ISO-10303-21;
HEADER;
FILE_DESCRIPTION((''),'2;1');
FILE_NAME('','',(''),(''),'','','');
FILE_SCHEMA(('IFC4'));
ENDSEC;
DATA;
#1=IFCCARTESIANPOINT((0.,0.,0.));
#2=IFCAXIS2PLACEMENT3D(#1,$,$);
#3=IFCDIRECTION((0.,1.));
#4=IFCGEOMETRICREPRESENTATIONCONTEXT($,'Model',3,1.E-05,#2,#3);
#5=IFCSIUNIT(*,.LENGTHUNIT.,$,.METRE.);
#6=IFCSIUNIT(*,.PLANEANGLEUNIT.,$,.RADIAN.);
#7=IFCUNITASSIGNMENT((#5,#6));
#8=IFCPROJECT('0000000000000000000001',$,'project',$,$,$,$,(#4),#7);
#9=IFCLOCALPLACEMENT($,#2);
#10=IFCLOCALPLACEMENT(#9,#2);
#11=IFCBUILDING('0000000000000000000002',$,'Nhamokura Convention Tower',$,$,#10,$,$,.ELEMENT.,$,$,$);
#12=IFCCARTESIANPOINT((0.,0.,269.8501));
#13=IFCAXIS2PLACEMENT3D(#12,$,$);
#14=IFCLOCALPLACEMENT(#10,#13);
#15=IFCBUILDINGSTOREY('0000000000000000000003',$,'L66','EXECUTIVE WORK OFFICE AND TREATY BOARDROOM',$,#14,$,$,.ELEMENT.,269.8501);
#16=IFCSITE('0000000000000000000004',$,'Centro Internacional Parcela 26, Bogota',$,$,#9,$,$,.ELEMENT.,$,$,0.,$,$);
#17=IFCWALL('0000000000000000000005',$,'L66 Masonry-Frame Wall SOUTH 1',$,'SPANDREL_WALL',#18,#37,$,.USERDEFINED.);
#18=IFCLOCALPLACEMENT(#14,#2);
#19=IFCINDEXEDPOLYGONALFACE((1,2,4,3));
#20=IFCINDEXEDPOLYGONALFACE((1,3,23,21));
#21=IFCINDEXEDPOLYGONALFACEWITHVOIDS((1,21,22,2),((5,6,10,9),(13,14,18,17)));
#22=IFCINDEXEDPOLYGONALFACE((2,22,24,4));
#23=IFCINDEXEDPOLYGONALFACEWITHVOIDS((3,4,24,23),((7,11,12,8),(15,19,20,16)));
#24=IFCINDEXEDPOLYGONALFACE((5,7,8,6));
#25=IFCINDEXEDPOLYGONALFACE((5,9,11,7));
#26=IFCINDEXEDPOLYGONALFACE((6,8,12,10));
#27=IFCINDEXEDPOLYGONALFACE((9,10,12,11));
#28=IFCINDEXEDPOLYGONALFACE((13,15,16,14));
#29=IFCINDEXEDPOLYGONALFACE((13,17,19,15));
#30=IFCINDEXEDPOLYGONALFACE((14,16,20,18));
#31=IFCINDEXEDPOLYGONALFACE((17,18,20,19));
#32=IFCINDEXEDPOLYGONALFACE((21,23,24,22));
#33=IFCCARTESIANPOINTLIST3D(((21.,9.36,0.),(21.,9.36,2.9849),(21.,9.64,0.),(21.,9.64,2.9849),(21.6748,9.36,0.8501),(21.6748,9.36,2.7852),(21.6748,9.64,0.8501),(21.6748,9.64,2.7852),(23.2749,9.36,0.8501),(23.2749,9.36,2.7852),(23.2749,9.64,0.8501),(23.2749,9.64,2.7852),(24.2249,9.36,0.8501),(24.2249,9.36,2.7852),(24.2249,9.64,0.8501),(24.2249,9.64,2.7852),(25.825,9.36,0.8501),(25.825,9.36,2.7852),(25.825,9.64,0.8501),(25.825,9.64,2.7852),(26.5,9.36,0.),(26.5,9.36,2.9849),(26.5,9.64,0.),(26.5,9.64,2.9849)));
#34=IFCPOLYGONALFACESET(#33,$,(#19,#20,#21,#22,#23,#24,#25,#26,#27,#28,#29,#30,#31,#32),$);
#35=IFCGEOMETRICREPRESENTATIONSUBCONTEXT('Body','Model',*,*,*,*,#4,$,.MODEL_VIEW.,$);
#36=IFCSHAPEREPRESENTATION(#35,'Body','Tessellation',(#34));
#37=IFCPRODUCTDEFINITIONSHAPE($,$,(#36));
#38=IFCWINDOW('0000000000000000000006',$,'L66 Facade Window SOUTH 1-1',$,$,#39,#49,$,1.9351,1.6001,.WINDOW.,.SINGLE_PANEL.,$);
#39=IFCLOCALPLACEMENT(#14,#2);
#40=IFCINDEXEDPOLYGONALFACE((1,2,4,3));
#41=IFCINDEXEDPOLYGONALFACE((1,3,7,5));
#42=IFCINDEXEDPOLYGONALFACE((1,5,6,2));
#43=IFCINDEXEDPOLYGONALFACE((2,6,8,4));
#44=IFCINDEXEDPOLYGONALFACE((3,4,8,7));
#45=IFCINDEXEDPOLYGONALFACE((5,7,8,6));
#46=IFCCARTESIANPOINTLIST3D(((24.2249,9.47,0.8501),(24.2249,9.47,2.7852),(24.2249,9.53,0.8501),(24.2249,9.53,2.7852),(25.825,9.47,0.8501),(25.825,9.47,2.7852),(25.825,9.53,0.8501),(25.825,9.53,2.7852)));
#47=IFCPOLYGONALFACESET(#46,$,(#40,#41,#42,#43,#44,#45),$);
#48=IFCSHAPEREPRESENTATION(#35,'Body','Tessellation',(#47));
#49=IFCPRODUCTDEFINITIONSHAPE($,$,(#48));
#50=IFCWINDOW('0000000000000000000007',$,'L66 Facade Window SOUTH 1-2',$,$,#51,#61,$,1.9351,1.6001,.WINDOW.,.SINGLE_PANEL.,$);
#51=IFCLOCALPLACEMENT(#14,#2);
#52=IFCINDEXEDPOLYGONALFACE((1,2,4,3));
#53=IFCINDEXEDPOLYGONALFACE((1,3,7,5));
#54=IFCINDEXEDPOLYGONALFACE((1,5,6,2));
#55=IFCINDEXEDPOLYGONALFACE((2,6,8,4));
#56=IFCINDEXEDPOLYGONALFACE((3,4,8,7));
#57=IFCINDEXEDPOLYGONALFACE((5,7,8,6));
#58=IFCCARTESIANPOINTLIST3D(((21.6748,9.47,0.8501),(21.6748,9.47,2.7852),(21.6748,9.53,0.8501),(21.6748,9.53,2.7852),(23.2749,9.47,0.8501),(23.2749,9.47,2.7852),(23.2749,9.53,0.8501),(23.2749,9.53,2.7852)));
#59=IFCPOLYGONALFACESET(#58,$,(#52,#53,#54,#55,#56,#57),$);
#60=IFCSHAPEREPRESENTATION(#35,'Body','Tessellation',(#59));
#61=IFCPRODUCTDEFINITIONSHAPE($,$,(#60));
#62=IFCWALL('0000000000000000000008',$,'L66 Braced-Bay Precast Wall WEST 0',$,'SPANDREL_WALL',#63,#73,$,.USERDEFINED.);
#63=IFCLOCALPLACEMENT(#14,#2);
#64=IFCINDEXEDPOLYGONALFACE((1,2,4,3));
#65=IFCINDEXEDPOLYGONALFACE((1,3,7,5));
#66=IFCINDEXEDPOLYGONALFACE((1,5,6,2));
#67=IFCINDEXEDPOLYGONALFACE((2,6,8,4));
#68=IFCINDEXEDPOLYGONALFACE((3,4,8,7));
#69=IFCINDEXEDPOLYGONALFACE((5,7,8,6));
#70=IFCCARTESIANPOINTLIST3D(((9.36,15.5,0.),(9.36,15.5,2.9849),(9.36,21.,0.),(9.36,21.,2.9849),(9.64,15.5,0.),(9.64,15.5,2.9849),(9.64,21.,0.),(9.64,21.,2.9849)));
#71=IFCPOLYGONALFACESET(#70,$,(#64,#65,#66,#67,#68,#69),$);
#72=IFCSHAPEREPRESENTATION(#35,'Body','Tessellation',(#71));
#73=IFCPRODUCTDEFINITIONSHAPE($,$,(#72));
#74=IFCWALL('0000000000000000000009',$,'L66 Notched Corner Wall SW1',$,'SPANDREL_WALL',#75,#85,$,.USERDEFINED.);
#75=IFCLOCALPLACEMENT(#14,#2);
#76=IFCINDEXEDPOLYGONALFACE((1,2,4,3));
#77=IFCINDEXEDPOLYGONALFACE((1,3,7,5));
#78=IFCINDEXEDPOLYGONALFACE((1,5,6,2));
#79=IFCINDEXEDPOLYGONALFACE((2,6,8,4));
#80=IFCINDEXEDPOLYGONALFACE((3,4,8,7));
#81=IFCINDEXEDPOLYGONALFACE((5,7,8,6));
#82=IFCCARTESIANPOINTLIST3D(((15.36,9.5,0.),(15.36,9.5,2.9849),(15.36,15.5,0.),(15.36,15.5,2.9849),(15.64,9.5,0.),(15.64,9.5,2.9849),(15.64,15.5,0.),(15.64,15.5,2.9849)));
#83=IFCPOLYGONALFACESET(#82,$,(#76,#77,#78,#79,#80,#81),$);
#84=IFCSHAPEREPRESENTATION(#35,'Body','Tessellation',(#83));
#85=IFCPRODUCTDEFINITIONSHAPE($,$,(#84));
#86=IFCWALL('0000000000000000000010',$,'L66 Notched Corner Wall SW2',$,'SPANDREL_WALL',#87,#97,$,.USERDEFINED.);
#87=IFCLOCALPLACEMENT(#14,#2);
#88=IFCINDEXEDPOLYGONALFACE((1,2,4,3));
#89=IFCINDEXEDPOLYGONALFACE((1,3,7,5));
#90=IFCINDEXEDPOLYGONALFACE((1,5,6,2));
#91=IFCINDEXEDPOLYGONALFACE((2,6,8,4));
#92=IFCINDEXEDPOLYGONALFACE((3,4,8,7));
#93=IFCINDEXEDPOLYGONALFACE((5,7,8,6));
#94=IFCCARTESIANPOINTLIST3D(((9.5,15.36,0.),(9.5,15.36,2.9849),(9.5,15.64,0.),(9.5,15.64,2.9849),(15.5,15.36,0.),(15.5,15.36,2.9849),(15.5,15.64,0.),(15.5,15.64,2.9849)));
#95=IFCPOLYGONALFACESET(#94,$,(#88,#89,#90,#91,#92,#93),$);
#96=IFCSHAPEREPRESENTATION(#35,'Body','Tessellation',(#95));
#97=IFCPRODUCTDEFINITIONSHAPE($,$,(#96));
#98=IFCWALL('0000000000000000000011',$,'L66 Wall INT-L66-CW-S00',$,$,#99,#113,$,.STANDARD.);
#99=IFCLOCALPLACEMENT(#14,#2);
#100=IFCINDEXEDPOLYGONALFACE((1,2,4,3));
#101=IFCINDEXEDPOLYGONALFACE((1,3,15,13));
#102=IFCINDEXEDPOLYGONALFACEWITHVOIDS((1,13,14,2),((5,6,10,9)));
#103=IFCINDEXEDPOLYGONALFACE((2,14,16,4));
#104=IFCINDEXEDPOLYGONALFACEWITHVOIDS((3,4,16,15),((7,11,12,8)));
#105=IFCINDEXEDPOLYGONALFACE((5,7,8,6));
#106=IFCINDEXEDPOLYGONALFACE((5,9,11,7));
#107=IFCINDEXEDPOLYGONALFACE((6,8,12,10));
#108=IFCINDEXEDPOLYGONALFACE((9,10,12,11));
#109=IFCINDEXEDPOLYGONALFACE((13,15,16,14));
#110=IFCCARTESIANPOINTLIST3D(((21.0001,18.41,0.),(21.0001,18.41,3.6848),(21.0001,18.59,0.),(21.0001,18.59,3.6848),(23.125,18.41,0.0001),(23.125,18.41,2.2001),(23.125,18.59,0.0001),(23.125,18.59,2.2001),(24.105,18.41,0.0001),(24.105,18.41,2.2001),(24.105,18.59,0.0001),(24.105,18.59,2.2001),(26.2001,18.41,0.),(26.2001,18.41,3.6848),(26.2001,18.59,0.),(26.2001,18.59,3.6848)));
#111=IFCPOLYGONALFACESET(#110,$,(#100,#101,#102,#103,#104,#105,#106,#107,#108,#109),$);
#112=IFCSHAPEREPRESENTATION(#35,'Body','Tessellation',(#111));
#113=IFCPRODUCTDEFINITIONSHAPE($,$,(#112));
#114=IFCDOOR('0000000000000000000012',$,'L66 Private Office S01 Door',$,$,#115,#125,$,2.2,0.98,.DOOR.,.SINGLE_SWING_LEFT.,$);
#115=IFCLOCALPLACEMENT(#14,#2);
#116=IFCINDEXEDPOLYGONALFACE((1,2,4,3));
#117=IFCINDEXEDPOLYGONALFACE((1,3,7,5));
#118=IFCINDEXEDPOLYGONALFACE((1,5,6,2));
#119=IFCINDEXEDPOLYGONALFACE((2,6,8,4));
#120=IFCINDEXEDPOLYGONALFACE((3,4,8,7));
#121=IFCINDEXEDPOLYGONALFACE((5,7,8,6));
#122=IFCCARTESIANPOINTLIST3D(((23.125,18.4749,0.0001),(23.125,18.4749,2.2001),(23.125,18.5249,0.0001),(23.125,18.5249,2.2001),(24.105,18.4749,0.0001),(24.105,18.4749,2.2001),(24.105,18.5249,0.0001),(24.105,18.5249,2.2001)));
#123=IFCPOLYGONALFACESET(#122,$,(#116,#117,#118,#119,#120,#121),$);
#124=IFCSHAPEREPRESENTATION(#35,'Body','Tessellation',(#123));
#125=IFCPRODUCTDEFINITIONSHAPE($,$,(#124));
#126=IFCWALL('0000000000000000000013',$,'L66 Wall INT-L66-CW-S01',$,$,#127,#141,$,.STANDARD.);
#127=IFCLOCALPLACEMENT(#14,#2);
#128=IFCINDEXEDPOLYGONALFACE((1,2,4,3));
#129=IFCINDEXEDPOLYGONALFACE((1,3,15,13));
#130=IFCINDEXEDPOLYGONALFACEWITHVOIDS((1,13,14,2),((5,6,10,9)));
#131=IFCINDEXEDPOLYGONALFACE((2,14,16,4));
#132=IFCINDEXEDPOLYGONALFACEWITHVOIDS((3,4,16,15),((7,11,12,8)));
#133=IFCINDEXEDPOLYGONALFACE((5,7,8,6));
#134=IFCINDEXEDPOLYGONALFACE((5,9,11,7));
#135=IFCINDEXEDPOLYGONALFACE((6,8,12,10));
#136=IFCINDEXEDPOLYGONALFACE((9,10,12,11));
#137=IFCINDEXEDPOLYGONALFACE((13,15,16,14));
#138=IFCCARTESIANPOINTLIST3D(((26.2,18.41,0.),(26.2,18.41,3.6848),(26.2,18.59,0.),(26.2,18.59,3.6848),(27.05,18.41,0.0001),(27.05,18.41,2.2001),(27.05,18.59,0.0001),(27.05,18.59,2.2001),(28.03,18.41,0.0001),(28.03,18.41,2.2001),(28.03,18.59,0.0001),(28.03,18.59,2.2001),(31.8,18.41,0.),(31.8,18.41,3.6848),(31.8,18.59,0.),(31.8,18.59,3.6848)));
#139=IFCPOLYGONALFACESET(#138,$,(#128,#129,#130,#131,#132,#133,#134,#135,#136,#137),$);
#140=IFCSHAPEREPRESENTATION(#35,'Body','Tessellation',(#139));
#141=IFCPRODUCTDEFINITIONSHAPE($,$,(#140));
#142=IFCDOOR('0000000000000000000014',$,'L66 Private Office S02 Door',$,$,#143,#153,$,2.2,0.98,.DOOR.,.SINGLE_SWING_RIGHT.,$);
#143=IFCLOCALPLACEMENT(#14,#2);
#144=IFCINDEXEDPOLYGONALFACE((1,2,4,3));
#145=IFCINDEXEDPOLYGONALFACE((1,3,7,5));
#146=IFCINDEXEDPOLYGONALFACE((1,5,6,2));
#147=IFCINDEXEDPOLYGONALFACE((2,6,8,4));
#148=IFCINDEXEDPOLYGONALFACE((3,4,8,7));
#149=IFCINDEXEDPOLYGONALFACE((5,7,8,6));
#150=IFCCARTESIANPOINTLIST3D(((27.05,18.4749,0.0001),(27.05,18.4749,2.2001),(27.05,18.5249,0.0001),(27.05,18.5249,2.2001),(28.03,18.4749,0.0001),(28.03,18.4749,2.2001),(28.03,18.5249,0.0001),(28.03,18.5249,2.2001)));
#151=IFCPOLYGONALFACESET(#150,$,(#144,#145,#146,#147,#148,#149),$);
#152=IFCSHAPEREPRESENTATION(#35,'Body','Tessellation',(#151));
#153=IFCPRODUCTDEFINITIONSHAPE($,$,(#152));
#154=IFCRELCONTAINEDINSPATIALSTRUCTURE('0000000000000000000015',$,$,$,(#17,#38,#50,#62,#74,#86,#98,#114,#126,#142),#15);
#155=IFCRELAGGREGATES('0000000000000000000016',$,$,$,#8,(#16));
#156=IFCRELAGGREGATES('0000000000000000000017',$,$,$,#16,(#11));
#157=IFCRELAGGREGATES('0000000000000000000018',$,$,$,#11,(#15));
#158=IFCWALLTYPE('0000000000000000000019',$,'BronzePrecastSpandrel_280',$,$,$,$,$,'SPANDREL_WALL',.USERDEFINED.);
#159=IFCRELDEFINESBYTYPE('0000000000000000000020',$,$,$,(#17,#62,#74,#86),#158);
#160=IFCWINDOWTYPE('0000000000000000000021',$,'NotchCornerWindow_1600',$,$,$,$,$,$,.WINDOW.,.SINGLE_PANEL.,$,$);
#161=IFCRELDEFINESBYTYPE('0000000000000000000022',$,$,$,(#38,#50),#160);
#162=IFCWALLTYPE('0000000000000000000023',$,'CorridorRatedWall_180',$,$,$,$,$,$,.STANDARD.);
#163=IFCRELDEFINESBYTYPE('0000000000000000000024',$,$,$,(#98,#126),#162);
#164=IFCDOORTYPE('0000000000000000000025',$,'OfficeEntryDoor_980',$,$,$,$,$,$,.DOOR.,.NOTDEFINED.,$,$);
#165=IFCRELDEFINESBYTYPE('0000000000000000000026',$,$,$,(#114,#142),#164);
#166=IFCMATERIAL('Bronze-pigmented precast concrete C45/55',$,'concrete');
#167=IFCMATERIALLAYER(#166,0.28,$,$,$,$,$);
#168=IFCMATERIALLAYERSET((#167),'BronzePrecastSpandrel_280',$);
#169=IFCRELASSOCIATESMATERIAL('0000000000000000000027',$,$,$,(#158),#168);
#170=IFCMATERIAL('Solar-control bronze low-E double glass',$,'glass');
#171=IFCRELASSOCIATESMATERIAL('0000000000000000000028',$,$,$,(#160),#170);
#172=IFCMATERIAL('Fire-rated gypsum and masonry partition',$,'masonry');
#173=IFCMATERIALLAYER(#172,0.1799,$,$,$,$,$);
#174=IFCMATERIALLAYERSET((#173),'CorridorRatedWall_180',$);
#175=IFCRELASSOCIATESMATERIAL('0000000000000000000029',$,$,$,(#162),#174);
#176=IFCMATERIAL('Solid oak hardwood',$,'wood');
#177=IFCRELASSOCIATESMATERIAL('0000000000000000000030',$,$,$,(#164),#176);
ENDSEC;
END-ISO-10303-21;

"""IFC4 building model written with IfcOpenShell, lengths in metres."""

from ifc_helpers import new_model, si_unit, direction, frame, frame_2d, origin, place, context, subcontext, project, spatial, rectangle, extrude, material, layer, layer_set, type_object, element, fill, save


model = new_model("IFC4")

# Units and contexts
model_context = context("Model", 3, precision=1e-05, world=origin(), true_north=direction((0.0, 1.0)))
body_context = subcontext(model_context, "Body", "Model", "MODEL_VIEW")
ifc_project = project(units=[si_unit("LENGTHUNIT", "METRE"), si_unit("PLANEANGLEUNIT", "RADIAN")], contexts=[model_context])

# Site, building, storey
site_placement = place(None, origin())
site = spatial("IfcSite", under=ifc_project, at=site_placement, Name="Centro Internacional Parcela 26, Bogota", CompositionType="ELEMENT", RefElevation=0.0)
building_placement = place(site_placement, origin())
building = spatial("IfcBuilding", under=site, at=building_placement, Name="Nhamokura Convention Tower", CompositionType="ELEMENT")
storey_placement = place(building_placement, frame((0.0, 0.0, 269.8501)))
storey = spatial("IfcBuildingStorey", under=building, at=storey_placement, Name="L66", Description="EXECUTIVE WORK OFFICE AND TREATY BOARDROOM", CompositionType="ELEMENT", Elevation=269.8501)

# Shared definitions
ifc_material_1 = material(Name="Bronze-pigmented precast concrete C45/55", Category="concrete")
ifc_layer_1 = layer(ifc_material_1, 0.28)
ifc_layer_set_1 = layer_set([ifc_layer_1], Name="BronzePrecastSpandrel_280")
wall_type_1 = type_object("IfcWallType", Name="BronzePrecastSpandrel_280", ElementType="SPANDREL_WALL", PredefinedType="USERDEFINED", material=ifc_layer_set_1)

# Wall, openings, windows
wall_1_placement = place(storey_placement, frame((26.5, 9.5, 0.0), z_axis=(0.0, 0.0, 1.0), x_axis=(-1.0, 0.0, 0.0)))
wall_1 = element("IfcWall", 1, at=wall_1_placement, inside=storey, type_object=wall_type_1, Name="L66 Masonry-Frame Wall SOUTH 1", ObjectType="SPANDREL_WALL", PredefinedType="USERDEFINED", context=body_context, shape_type="SweptSolid", body=[
    extrude(rectangle(XDim=5.5, YDim=0.28, at=frame_2d((2.75, 0.0))), origin(), (0.0, 0.0, 1.0), 2.9849),
])
opening_1_placement = place(wall_1_placement, frame((0.675, 0.0, 0.8501)))
opening_1 = element("IfcOpeningElement", 2, at=opening_1_placement, cuts=wall_1, PredefinedType="OPENING", context=body_context, shape_type="SweptSolid", body=[
    extrude(rectangle(XDim=1.6001, YDim=1.9351, at=frame_2d((0.8, 0.9675))), frame((0.0, 0.1499, 0.0), z_axis=(0.0, -1.0, 0.0), x_axis=(1.0, 0.0, 0.0)), (0.0, 0.0, 1.0), 0.3),
])
opening_2_placement = place(wall_1_placement, frame((3.2251, 0.0, 0.8501)))
opening_2 = element("IfcOpeningElement", 3, at=opening_2_placement, cuts=wall_1, PredefinedType="OPENING", context=body_context, shape_type="SweptSolid", body=[
    extrude(rectangle(XDim=1.6001, YDim=1.9351, at=frame_2d((0.8, 0.9675))), frame((0.0, 0.1499, 0.0), z_axis=(0.0, -1.0, 0.0), x_axis=(1.0, 0.0, 0.0)), (0.0, 0.0, 1.0), 0.3),
])
ifc_material_2 = material(Name="Solar-control bronze low-E double glass", Category="glass")
window_type = type_object("IfcWindowType", Name="NotchCornerWindow_1600", PartitioningType="SINGLE_PANEL", PredefinedType="WINDOW", material=ifc_material_2)
window_1_placement = place(opening_1_placement, origin())
window_1 = element("IfcWindow", 4, at=window_1_placement, inside=storey, type_object=window_type, Name="L66 Facade Window SOUTH 1-1", OverallHeight=1.9351, OverallWidth=1.6001, PartitioningType="SINGLE_PANEL", PredefinedType="WINDOW", context=body_context, shape_type="SweptSolid", body=[
    extrude(rectangle(XDim=1.6001, YDim=1.9351, at=frame_2d((0.8, 0.9675))), frame((0.0, 0.03, 0.0), z_axis=(0.0, -1.0, 0.0), x_axis=(1.0, 0.0, 0.0)), (0.0, 0.0, 1.0), 0.0601),
])
fill(opening_1, window_1)
window_2_placement = place(opening_2_placement, origin())
window_2 = element("IfcWindow", 5, at=window_2_placement, inside=storey, type_object=window_type, Name="L66 Facade Window SOUTH 1-2", OverallHeight=1.9351, OverallWidth=1.6001, PartitioningType="SINGLE_PANEL", PredefinedType="WINDOW", context=body_context, shape_type="SweptSolid", body=[
    extrude(rectangle(XDim=1.6001, YDim=1.9351, at=frame_2d((0.8, 0.9675))), frame((0.0, 0.03, 0.0), z_axis=(0.0, -1.0, 0.0), x_axis=(1.0, 0.0, 0.0)), (0.0, 0.0, 1.0), 0.0601),
])
fill(opening_2, window_2)

# Walls
wall_2_placement = place(storey_placement, frame((9.5, 15.5, 0.0), z_axis=(0.0, 0.0, 1.0), x_axis=(0.0, 1.0, 0.0)))
element("IfcWall", 6, at=wall_2_placement, inside=storey, type_object=wall_type_1, Name="L66 Braced-Bay Precast Wall WEST 0", ObjectType="SPANDREL_WALL", PredefinedType="USERDEFINED", context=body_context, shape_type="SweptSolid", body=[
    extrude(rectangle(XDim=5.5, YDim=0.28, at=frame_2d((2.75, 0.0))), origin(), (0.0, 0.0, 1.0), 2.9849),
])
for number, where, z_axis, x_axis, name in (
    (7, (15.5, 9.5, 0.0), (0.0, 0.0, 1.0), (0.0, 1.0, 0.0), "L66 Notched Corner Wall SW1"),
    (8, (15.5, 15.5, 0.0), (0.0, 0.0, 1.0), (-1.0, 0.0, 0.0), "L66 Notched Corner Wall SW2"),
):
    element("IfcWall", number, at=place(storey_placement, frame(where, z_axis=z_axis, x_axis=x_axis)), inside=storey, type_object=wall_type_1, Name=name, ObjectType="SPANDREL_WALL", PredefinedType="USERDEFINED", context=body_context, shape_type="SweptSolid", body=[
        extrude(rectangle(XDim=6.0, YDim=0.28, at=frame_2d((3.0, 0.0))), origin(), (0.0, 0.0, 1.0), 2.9849),
    ])

# Walls, openings, doors
ifc_material_3 = material(Name="Fire-rated gypsum and masonry partition", Category="masonry")
ifc_layer_2 = layer(ifc_material_3, 0.1799)
ifc_layer_set_2 = layer_set([ifc_layer_2], Name="CorridorRatedWall_180")
wall_type_2 = type_object("IfcWallType", Name="CorridorRatedWall_180", PredefinedType="STANDARD", material=ifc_layer_set_2)
wall_3_placement = place(storey_placement, frame((21.0, 18.5, 0.0), z_axis=(0.0, 0.0, 1.0), x_axis=(1.0, 0.0, 0.0)))
wall_3 = element("IfcWall", 9, at=wall_3_placement, inside=storey, type_object=wall_type_2, Name="L66 Wall INT-L66-CW-S00", PredefinedType="STANDARD", context=body_context, shape_type="SweptSolid", body=[
    extrude(rectangle(XDim=5.2, YDim=0.1799, at=frame_2d((2.6001, 0.0))), origin(), (0.0, 0.0, 1.0), 3.6848),
])
opening_3_placement = place(wall_3_placement, frame((2.125, 0.0, 0.0)))
opening_3 = element("IfcOpeningElement", 10, at=opening_3_placement, cuts=wall_3, PredefinedType="OPENING", context=body_context, shape_type="SweptSolid", body=[
    extrude(rectangle(XDim=0.98, YDim=2.2, at=frame_2d((0.49, 1.1001))), frame((0.0, 0.0999, 0.0), z_axis=(0.0, -1.0, 0.0), x_axis=(1.0, 0.0, 0.0)), (0.0, 0.0, 1.0), 0.2),
])
ifc_material_4 = material(Name="Solid oak hardwood", Category="wood")
door_type = type_object("IfcDoorType", Name="OfficeEntryDoor_980", OperationType="NOTDEFINED", PredefinedType="DOOR", material=ifc_material_4)
door_1_placement = place(opening_3_placement, origin())
door_1 = element("IfcDoor", 11, at=door_1_placement, inside=storey, type_object=door_type, Name="L66 Private Office S01 Door", OperationType="SINGLE_SWING_LEFT", OverallHeight=2.2, OverallWidth=0.98, PredefinedType="DOOR", context=body_context, shape_type="SweptSolid", body=[
    extrude(rectangle(XDim=0.98, YDim=2.2, at=frame_2d((0.49, 1.1001))), frame((0.0, 0.0249, 0.0), z_axis=(0.0, -1.0, 0.0), x_axis=(1.0, 0.0, 0.0)), (0.0, 0.0, 1.0), 0.05),
])
fill(opening_3, door_1)
wall_4_placement = place(storey_placement, frame((26.2, 18.5, 0.0), z_axis=(0.0, 0.0, 1.0), x_axis=(1.0, 0.0, 0.0)))
wall_4 = element("IfcWall", 12, at=wall_4_placement, inside=storey, type_object=wall_type_2, Name="L66 Wall INT-L66-CW-S01", PredefinedType="STANDARD", context=body_context, shape_type="SweptSolid", body=[
    extrude(rectangle(XDim=5.6001, YDim=0.1799, at=frame_2d((2.8, 0.0))), origin(), (0.0, 0.0, 1.0), 3.6848),
])
opening_4_placement = place(wall_4_placement, frame((0.8501, 0.0, 0.0)))
opening_4 = element("IfcOpeningElement", 13, at=opening_4_placement, cuts=wall_4, PredefinedType="OPENING", context=body_context, shape_type="SweptSolid", body=[
    extrude(rectangle(XDim=0.98, YDim=2.2, at=frame_2d((0.49, 1.1001))), frame((0.0, 0.0999, 0.0), z_axis=(0.0, -1.0, 0.0), x_axis=(1.0, 0.0, 0.0)), (0.0, 0.0, 1.0), 0.2),
])
door_2_placement = place(opening_4_placement, origin())
door_2 = element("IfcDoor", 14, at=door_2_placement, inside=storey, type_object=door_type, Name="L66 Private Office S02 Door", OperationType="SINGLE_SWING_RIGHT", OverallHeight=2.2, OverallWidth=0.98, PredefinedType="DOOR", context=body_context, shape_type="SweptSolid", body=[
    extrude(rectangle(XDim=0.98, YDim=2.2, at=frame_2d((0.49, 1.1001))), frame((0.0, 0.0249, 0.0), z_axis=(0.0, -1.0, 0.0), x_axis=(1.0, 0.0, 0.0)), (0.0, 0.0, 1.0), 0.05),
])
fill(opening_4, door_2)

save(model, "model.ifc")
